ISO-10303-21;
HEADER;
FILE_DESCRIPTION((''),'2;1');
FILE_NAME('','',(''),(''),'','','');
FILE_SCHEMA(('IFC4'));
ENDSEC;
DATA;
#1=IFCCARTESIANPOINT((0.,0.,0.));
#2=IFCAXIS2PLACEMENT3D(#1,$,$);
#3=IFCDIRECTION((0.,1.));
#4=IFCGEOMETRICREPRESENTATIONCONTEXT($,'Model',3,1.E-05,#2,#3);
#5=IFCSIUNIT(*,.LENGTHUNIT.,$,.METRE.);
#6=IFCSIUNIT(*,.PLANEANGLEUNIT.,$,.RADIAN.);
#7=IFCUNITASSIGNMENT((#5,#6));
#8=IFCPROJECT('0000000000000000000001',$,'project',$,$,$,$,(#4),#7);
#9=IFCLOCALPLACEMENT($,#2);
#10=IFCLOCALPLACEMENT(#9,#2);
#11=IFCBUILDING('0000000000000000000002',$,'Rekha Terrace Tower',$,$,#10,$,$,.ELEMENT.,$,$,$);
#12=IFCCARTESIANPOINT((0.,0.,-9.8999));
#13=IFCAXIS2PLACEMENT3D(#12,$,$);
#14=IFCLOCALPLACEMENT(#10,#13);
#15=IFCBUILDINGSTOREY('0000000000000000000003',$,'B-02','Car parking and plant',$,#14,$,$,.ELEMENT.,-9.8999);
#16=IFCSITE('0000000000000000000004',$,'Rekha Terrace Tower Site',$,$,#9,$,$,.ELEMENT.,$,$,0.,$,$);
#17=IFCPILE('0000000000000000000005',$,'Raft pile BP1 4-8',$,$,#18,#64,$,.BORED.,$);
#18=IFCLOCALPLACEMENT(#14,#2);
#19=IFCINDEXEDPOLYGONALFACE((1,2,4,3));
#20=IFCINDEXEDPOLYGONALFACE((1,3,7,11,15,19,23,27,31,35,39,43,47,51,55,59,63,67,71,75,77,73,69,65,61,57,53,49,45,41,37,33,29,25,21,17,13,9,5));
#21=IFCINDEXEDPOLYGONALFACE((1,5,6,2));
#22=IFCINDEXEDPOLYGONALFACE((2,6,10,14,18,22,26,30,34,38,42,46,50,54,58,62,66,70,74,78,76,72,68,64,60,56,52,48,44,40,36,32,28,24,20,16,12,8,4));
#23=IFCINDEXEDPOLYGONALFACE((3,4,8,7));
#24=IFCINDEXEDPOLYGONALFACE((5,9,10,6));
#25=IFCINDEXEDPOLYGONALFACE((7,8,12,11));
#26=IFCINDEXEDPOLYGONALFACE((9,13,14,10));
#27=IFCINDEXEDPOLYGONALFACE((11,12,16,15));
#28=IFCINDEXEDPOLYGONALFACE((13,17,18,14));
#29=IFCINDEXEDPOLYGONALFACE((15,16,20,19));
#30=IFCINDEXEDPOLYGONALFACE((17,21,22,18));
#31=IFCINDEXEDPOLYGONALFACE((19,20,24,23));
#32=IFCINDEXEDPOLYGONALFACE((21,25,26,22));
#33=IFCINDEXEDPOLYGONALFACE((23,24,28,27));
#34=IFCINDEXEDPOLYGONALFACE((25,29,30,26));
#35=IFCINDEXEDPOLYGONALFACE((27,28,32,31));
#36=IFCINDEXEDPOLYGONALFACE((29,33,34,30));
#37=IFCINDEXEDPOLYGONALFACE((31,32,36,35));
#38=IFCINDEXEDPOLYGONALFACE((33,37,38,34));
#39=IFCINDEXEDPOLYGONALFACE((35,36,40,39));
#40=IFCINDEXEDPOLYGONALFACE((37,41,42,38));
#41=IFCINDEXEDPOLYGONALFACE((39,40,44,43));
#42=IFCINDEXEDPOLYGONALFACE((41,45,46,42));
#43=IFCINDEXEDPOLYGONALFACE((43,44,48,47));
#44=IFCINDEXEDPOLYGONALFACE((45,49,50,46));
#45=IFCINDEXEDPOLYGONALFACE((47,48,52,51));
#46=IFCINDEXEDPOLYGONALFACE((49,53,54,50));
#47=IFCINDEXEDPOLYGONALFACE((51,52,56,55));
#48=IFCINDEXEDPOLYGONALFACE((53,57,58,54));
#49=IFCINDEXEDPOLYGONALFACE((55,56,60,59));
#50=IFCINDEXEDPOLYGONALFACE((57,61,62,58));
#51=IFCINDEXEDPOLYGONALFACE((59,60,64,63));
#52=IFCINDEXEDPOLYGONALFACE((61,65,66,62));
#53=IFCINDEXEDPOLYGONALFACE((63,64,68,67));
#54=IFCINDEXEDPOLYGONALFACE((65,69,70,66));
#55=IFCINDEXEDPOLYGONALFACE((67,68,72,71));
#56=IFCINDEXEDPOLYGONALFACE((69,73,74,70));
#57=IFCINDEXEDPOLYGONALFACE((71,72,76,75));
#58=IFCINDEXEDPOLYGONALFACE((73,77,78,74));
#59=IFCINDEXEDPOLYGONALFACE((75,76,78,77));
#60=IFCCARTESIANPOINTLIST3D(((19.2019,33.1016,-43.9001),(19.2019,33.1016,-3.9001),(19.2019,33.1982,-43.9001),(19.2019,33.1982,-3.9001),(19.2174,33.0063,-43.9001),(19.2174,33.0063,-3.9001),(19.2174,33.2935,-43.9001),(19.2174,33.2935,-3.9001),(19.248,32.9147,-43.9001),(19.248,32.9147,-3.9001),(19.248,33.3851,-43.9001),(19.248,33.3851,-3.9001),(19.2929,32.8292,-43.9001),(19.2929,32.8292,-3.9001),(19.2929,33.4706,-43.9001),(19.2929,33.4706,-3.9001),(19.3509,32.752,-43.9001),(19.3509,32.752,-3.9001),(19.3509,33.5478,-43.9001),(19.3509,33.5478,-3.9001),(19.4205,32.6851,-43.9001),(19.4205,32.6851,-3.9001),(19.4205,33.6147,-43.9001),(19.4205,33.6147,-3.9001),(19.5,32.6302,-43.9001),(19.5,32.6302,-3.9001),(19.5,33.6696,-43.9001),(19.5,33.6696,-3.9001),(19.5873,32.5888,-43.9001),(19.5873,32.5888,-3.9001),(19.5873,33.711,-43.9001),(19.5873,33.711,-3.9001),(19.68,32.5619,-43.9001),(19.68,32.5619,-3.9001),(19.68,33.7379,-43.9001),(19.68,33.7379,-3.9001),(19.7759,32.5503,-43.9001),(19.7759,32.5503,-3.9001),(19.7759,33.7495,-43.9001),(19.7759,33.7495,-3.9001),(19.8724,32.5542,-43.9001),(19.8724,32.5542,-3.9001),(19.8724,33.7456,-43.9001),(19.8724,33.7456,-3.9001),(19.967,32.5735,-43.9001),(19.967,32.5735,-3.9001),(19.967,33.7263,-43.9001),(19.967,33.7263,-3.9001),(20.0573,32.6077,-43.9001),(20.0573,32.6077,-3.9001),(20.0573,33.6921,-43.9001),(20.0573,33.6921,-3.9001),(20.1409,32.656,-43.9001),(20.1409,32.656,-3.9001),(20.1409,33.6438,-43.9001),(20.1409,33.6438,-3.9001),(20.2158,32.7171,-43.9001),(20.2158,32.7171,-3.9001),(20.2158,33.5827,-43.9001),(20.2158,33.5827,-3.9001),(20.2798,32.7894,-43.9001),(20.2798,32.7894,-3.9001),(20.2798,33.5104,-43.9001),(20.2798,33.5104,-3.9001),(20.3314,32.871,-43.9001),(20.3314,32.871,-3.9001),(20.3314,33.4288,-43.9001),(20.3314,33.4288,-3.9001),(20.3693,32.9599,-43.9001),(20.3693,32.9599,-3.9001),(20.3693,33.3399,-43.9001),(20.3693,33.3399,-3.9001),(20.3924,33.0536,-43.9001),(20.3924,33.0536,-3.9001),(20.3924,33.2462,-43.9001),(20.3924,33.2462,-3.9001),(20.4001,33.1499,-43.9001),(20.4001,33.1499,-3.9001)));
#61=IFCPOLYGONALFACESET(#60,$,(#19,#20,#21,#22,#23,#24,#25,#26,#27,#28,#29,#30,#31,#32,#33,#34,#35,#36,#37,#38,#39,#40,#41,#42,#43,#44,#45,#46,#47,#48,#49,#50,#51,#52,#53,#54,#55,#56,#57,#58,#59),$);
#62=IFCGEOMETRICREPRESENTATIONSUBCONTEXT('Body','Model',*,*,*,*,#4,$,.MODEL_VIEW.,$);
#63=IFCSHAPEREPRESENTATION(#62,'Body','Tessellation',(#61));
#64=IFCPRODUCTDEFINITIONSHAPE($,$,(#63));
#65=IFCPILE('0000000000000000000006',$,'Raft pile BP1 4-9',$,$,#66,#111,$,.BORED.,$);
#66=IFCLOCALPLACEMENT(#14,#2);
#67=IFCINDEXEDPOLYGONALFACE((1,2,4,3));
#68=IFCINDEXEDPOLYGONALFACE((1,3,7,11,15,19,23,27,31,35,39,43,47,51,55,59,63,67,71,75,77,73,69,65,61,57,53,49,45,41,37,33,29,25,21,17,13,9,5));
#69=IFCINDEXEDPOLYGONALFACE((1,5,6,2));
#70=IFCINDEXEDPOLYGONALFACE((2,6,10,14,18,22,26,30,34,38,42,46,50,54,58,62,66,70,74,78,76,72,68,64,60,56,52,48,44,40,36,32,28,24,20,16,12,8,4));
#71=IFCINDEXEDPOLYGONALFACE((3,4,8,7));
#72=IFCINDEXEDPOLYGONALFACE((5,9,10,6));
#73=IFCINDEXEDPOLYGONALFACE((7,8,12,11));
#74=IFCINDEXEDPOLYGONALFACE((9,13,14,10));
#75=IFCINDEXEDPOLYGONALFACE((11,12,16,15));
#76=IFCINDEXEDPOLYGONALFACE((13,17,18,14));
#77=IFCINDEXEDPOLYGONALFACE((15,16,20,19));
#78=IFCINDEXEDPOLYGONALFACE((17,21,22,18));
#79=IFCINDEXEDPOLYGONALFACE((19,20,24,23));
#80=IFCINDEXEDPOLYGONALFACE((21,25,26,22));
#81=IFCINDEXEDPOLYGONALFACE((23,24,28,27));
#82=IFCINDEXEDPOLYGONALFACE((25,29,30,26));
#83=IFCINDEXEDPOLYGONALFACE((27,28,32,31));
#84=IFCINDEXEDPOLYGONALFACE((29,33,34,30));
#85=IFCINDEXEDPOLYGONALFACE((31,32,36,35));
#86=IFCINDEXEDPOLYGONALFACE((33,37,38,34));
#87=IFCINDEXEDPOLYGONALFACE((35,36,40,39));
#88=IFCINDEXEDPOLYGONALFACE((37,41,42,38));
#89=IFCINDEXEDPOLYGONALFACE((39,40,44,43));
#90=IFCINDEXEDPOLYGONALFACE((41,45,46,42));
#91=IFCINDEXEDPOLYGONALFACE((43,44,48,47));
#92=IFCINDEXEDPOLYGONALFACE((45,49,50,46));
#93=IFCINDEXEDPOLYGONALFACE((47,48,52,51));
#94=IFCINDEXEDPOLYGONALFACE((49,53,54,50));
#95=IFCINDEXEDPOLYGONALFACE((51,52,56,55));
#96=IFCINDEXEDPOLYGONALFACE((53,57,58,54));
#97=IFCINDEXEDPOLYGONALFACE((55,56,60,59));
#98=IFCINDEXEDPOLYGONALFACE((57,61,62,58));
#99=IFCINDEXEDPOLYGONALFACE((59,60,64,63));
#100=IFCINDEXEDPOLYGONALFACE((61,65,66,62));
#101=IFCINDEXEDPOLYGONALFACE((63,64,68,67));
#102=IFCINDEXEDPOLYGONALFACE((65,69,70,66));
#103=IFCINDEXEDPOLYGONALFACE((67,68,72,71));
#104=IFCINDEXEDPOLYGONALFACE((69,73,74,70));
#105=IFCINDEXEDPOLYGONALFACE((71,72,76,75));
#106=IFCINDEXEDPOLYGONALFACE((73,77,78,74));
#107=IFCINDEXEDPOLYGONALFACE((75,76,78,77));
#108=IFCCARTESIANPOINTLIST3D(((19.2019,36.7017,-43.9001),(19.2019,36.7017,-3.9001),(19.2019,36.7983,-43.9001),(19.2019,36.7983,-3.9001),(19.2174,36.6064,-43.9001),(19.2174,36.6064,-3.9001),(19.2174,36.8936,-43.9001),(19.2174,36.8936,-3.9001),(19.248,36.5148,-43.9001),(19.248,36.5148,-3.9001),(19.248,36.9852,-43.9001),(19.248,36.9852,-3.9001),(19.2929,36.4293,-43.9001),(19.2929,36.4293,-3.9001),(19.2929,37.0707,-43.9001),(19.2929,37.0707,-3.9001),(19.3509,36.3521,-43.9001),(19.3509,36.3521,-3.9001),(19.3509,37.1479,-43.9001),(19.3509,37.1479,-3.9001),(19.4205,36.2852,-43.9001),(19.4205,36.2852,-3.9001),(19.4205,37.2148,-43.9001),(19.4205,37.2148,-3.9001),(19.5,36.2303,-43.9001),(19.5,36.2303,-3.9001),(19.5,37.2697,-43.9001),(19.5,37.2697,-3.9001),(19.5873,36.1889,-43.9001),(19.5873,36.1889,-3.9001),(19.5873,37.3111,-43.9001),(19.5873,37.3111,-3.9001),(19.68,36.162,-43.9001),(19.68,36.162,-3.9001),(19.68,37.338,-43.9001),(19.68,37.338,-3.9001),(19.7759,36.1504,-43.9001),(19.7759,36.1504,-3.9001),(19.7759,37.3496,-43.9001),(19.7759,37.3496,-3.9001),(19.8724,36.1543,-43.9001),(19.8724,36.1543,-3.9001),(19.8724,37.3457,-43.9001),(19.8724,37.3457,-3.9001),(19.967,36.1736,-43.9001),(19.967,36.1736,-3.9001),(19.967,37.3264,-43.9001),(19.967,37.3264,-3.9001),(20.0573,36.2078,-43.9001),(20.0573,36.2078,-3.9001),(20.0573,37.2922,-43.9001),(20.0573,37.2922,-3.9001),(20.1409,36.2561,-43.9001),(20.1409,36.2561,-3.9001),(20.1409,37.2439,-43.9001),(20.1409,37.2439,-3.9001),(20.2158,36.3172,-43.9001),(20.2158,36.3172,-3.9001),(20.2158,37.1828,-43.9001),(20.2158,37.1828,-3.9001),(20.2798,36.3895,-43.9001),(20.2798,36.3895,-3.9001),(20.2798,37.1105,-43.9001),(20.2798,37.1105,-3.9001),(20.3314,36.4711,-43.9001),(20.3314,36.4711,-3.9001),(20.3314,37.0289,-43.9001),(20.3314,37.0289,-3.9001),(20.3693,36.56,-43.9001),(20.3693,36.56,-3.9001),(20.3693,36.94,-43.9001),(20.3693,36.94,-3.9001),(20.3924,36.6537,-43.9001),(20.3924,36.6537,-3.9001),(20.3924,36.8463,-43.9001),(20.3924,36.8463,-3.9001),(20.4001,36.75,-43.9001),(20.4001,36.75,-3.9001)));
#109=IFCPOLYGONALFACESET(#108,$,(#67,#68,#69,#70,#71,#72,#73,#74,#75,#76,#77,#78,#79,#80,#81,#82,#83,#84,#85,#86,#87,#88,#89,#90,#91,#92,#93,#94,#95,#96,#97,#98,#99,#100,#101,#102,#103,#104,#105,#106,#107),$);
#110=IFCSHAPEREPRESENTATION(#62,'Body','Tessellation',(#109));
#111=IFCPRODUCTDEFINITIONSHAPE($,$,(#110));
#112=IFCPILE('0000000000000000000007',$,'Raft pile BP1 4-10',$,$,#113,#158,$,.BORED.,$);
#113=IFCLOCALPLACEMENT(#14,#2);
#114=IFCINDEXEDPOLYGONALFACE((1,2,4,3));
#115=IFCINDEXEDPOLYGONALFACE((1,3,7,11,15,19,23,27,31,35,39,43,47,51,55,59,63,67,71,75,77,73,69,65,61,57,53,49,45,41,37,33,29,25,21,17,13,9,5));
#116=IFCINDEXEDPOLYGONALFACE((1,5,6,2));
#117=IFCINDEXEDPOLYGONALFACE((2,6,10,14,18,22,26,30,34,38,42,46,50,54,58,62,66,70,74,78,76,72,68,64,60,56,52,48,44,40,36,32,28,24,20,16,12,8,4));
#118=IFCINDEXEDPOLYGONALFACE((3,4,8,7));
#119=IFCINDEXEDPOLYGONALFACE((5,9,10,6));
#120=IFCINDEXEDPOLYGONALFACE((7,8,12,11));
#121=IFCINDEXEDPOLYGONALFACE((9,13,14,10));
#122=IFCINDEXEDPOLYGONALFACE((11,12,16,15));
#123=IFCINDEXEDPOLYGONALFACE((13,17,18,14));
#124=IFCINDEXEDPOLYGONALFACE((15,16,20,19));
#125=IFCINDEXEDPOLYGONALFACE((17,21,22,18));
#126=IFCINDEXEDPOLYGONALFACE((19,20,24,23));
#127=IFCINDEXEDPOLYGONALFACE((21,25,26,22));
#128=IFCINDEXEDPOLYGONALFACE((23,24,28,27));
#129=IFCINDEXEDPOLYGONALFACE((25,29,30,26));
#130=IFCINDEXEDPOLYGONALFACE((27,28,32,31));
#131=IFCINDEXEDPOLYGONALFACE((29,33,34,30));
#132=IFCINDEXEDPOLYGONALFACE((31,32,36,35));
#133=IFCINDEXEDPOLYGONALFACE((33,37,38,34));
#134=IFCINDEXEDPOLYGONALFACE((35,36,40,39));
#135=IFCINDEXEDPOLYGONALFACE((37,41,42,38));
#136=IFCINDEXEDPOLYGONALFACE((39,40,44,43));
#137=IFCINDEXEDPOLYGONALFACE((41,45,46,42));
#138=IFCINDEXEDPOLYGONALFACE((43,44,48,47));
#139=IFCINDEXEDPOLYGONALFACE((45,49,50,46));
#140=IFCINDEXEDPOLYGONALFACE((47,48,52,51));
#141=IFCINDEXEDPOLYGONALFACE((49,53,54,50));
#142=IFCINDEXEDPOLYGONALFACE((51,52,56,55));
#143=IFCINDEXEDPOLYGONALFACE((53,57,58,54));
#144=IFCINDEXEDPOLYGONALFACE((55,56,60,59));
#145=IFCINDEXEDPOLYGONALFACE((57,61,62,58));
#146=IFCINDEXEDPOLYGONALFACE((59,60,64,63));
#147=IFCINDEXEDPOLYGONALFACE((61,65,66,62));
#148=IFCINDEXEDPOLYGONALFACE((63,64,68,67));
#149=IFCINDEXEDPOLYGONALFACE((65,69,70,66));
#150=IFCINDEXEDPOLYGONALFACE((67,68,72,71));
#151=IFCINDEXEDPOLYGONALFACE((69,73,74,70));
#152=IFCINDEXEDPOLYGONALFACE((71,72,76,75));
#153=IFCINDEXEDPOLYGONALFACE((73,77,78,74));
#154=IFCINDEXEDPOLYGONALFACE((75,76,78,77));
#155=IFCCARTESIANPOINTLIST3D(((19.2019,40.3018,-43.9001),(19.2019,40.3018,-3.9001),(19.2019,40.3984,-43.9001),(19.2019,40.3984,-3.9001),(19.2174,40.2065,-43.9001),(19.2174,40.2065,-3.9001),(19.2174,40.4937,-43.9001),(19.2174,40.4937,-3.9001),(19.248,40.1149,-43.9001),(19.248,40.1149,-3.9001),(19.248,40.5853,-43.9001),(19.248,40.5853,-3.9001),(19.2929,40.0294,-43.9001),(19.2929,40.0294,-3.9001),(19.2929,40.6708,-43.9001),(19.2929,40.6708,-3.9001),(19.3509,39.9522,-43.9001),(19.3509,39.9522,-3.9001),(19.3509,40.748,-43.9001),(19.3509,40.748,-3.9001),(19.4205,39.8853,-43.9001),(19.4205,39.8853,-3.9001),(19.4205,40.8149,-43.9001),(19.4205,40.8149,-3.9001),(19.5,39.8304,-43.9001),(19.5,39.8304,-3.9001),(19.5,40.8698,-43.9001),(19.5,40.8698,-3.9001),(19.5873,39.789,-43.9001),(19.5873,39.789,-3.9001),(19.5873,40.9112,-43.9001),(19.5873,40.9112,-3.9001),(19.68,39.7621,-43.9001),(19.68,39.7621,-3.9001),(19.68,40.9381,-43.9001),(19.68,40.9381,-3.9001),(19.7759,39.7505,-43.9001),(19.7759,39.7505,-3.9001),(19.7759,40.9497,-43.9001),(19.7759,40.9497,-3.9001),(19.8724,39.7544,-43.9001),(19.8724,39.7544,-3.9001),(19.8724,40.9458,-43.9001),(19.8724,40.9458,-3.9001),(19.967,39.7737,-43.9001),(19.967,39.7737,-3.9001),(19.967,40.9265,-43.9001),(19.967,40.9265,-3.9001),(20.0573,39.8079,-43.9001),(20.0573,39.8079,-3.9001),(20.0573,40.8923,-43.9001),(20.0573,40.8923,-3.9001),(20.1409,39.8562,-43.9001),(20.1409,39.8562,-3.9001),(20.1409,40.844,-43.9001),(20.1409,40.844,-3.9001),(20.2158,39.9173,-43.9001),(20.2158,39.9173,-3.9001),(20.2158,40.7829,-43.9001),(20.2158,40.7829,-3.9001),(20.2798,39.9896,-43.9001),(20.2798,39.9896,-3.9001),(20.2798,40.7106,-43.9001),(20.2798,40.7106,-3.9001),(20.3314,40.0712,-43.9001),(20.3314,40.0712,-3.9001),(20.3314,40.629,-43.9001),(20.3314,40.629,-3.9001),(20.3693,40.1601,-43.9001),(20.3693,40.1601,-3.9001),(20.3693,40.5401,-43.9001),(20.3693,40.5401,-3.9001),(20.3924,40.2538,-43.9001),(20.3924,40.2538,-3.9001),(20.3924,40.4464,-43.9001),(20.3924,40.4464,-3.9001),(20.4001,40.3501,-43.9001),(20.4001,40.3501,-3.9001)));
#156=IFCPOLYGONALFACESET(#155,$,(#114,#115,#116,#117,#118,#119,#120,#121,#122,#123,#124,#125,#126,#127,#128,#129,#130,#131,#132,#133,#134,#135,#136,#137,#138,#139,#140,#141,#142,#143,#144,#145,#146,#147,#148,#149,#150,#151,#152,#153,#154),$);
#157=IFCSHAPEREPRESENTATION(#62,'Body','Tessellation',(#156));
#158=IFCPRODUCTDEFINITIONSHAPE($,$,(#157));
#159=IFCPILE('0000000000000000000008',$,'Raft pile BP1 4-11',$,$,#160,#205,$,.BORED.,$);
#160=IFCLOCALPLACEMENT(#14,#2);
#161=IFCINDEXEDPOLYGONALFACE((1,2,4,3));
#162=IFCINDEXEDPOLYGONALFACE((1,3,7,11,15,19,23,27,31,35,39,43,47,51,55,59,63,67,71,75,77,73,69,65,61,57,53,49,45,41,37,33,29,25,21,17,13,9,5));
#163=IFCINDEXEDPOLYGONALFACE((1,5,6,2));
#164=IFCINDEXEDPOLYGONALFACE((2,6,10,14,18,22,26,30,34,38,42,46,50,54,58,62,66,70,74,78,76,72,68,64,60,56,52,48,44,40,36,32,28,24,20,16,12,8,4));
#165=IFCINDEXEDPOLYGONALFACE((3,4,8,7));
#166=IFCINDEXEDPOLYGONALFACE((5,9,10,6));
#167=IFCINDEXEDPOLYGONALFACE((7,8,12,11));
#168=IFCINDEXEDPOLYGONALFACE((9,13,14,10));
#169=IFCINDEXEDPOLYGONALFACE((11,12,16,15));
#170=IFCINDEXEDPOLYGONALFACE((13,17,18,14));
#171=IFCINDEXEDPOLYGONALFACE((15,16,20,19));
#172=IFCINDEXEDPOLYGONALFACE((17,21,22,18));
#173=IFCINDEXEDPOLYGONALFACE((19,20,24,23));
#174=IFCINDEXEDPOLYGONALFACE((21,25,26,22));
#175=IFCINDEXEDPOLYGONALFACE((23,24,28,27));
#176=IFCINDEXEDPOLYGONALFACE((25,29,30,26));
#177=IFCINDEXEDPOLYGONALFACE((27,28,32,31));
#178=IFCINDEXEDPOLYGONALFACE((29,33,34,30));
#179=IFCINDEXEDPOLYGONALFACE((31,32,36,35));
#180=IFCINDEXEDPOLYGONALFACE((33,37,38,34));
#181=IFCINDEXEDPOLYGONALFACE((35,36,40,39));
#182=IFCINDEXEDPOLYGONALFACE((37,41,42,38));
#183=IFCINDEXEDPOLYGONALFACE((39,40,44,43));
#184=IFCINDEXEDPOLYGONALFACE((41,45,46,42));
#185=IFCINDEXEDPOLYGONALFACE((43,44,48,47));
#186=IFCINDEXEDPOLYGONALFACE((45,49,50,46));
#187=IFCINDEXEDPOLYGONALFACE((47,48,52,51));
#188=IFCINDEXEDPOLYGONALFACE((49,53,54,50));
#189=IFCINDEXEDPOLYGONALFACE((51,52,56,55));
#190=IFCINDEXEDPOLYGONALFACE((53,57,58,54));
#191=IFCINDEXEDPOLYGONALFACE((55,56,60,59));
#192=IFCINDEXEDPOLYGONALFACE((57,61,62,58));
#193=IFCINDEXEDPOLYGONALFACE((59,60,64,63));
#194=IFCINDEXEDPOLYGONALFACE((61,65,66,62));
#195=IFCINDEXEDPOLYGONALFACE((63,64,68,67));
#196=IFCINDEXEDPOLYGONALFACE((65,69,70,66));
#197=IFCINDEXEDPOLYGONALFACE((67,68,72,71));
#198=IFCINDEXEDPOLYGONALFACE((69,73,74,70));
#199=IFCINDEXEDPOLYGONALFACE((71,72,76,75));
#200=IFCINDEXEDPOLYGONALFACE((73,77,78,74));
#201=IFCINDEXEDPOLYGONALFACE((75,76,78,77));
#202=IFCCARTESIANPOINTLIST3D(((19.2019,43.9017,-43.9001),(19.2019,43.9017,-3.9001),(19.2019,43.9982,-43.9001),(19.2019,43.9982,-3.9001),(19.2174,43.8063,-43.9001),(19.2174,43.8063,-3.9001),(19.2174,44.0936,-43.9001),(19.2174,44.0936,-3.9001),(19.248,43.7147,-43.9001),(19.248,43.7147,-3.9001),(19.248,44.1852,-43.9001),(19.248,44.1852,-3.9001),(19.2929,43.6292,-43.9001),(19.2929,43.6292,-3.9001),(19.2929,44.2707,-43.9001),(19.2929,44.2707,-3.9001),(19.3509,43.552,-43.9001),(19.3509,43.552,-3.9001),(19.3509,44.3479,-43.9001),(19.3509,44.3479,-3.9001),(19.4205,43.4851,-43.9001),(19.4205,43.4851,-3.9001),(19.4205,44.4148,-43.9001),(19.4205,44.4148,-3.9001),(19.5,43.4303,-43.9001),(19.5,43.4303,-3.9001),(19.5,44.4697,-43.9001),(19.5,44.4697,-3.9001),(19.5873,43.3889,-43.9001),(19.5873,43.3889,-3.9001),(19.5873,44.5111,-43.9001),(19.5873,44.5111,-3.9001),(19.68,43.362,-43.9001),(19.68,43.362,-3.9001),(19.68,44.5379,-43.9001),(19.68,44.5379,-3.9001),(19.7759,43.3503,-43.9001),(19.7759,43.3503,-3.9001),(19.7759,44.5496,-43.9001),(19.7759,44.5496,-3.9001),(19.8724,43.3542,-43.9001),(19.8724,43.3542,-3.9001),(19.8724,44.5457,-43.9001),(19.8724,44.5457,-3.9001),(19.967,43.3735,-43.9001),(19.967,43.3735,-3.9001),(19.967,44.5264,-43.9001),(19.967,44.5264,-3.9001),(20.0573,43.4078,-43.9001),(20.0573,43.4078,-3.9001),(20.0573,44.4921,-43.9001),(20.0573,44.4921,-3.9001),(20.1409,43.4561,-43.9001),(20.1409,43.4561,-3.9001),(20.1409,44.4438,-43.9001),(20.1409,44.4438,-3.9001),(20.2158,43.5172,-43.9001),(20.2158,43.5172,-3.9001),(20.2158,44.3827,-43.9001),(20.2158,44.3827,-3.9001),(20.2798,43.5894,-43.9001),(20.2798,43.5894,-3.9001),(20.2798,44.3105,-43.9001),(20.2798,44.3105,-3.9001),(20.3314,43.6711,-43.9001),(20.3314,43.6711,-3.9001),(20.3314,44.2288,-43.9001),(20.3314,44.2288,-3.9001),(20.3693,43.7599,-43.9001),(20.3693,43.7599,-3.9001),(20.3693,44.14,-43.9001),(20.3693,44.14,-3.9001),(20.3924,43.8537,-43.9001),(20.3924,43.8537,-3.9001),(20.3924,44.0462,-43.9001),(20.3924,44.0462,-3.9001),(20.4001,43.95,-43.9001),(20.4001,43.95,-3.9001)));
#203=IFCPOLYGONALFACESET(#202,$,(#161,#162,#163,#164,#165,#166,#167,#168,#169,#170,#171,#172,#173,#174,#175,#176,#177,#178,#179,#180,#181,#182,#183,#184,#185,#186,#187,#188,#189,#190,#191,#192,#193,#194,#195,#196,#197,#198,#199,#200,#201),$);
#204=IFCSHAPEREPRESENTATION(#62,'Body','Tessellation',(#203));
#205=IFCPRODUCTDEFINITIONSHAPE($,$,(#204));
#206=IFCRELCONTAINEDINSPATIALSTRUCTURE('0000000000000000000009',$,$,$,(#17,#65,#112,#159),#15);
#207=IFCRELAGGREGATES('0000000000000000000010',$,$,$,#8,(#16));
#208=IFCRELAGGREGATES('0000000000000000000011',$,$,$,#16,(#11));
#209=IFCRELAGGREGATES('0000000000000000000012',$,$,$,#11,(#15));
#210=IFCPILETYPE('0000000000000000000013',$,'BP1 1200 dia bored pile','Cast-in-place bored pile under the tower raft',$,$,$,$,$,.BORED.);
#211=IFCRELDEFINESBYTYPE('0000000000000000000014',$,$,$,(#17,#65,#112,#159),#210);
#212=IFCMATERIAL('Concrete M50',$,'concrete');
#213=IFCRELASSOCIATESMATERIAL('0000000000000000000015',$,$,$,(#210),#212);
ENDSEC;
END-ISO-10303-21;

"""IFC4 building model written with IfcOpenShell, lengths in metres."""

from ifc_helpers import new_model, si_unit, direction, frame, origin, origin_2d, place, context, subcontext, project, spatial, circle, extrude, material, type_object, element, save


model = new_model("IFC4")

# Units and contexts
model_context = context("Model", 3, precision=1e-05, world=origin(), true_north=direction((0.0, 1.0)))
body_context = subcontext(model_context, "Body", "Model", "MODEL_VIEW")
ifc_project = project(units=[si_unit("LENGTHUNIT", "METRE"), si_unit("PLANEANGLEUNIT", "RADIAN")], contexts=[model_context])

# Site, building, storey
site_placement = place(None, origin())
site = spatial("IfcSite", under=ifc_project, at=site_placement, Name="Rekha Terrace Tower Site", CompositionType="ELEMENT", RefElevation=0.0)
building_placement = place(site_placement, origin())
building = spatial("IfcBuilding", under=site, at=building_placement, Name="Rekha Terrace Tower", CompositionType="ELEMENT")
storey_placement = place(building_placement, frame((0.0, 0.0, -9.8999)))
storey = spatial("IfcBuildingStorey", under=building, at=storey_placement, Name="B-02", Description="Car parking and plant", CompositionType="ELEMENT", Elevation=-9.8999)

# Piles
ifc_material_1 = material(Name="Concrete M50", Category="concrete")
pile_type = type_object("IfcPileType", Name="BP1 1200 dia bored pile", Description="Cast-in-place bored pile under the tower raft", PredefinedType="BORED", material=ifc_material_1)
for number, where, z_axis, x_axis, name in (
    (1, (19.8, 33.1499, -3.9001), (0.0, 0.0, -1.0), (1.0, 0.0, 0.0), "Raft pile BP1 4-8"),
    (2, (19.8, 36.75, -3.9001), (0.0, 0.0, -1.0), (1.0, 0.0, 0.0), "Raft pile BP1 4-9"),
    (3, (19.8, 40.3501, -3.9001), (0.0, 0.0, -1.0), (1.0, 0.0, 0.0), "Raft pile BP1 4-10"),
    (4, (19.8, 43.95, -3.9001), (0.0, 0.0, -1.0), (1.0, 0.0, 0.0), "Raft pile BP1 4-11"),
):
    element("IfcPile", number, at=place(storey_placement, frame(where, z_axis=z_axis, x_axis=x_axis)), inside=storey, type_object=pile_type, Name=name, PredefinedType="BORED", context=body_context, shape_type="SweptSolid", body=[
        extrude(circle(Radius=0.6001, at=origin_2d()), origin(), (0.0, 0.0, 1.0), 40.0),
    ])

save(model, "model.ifc")
